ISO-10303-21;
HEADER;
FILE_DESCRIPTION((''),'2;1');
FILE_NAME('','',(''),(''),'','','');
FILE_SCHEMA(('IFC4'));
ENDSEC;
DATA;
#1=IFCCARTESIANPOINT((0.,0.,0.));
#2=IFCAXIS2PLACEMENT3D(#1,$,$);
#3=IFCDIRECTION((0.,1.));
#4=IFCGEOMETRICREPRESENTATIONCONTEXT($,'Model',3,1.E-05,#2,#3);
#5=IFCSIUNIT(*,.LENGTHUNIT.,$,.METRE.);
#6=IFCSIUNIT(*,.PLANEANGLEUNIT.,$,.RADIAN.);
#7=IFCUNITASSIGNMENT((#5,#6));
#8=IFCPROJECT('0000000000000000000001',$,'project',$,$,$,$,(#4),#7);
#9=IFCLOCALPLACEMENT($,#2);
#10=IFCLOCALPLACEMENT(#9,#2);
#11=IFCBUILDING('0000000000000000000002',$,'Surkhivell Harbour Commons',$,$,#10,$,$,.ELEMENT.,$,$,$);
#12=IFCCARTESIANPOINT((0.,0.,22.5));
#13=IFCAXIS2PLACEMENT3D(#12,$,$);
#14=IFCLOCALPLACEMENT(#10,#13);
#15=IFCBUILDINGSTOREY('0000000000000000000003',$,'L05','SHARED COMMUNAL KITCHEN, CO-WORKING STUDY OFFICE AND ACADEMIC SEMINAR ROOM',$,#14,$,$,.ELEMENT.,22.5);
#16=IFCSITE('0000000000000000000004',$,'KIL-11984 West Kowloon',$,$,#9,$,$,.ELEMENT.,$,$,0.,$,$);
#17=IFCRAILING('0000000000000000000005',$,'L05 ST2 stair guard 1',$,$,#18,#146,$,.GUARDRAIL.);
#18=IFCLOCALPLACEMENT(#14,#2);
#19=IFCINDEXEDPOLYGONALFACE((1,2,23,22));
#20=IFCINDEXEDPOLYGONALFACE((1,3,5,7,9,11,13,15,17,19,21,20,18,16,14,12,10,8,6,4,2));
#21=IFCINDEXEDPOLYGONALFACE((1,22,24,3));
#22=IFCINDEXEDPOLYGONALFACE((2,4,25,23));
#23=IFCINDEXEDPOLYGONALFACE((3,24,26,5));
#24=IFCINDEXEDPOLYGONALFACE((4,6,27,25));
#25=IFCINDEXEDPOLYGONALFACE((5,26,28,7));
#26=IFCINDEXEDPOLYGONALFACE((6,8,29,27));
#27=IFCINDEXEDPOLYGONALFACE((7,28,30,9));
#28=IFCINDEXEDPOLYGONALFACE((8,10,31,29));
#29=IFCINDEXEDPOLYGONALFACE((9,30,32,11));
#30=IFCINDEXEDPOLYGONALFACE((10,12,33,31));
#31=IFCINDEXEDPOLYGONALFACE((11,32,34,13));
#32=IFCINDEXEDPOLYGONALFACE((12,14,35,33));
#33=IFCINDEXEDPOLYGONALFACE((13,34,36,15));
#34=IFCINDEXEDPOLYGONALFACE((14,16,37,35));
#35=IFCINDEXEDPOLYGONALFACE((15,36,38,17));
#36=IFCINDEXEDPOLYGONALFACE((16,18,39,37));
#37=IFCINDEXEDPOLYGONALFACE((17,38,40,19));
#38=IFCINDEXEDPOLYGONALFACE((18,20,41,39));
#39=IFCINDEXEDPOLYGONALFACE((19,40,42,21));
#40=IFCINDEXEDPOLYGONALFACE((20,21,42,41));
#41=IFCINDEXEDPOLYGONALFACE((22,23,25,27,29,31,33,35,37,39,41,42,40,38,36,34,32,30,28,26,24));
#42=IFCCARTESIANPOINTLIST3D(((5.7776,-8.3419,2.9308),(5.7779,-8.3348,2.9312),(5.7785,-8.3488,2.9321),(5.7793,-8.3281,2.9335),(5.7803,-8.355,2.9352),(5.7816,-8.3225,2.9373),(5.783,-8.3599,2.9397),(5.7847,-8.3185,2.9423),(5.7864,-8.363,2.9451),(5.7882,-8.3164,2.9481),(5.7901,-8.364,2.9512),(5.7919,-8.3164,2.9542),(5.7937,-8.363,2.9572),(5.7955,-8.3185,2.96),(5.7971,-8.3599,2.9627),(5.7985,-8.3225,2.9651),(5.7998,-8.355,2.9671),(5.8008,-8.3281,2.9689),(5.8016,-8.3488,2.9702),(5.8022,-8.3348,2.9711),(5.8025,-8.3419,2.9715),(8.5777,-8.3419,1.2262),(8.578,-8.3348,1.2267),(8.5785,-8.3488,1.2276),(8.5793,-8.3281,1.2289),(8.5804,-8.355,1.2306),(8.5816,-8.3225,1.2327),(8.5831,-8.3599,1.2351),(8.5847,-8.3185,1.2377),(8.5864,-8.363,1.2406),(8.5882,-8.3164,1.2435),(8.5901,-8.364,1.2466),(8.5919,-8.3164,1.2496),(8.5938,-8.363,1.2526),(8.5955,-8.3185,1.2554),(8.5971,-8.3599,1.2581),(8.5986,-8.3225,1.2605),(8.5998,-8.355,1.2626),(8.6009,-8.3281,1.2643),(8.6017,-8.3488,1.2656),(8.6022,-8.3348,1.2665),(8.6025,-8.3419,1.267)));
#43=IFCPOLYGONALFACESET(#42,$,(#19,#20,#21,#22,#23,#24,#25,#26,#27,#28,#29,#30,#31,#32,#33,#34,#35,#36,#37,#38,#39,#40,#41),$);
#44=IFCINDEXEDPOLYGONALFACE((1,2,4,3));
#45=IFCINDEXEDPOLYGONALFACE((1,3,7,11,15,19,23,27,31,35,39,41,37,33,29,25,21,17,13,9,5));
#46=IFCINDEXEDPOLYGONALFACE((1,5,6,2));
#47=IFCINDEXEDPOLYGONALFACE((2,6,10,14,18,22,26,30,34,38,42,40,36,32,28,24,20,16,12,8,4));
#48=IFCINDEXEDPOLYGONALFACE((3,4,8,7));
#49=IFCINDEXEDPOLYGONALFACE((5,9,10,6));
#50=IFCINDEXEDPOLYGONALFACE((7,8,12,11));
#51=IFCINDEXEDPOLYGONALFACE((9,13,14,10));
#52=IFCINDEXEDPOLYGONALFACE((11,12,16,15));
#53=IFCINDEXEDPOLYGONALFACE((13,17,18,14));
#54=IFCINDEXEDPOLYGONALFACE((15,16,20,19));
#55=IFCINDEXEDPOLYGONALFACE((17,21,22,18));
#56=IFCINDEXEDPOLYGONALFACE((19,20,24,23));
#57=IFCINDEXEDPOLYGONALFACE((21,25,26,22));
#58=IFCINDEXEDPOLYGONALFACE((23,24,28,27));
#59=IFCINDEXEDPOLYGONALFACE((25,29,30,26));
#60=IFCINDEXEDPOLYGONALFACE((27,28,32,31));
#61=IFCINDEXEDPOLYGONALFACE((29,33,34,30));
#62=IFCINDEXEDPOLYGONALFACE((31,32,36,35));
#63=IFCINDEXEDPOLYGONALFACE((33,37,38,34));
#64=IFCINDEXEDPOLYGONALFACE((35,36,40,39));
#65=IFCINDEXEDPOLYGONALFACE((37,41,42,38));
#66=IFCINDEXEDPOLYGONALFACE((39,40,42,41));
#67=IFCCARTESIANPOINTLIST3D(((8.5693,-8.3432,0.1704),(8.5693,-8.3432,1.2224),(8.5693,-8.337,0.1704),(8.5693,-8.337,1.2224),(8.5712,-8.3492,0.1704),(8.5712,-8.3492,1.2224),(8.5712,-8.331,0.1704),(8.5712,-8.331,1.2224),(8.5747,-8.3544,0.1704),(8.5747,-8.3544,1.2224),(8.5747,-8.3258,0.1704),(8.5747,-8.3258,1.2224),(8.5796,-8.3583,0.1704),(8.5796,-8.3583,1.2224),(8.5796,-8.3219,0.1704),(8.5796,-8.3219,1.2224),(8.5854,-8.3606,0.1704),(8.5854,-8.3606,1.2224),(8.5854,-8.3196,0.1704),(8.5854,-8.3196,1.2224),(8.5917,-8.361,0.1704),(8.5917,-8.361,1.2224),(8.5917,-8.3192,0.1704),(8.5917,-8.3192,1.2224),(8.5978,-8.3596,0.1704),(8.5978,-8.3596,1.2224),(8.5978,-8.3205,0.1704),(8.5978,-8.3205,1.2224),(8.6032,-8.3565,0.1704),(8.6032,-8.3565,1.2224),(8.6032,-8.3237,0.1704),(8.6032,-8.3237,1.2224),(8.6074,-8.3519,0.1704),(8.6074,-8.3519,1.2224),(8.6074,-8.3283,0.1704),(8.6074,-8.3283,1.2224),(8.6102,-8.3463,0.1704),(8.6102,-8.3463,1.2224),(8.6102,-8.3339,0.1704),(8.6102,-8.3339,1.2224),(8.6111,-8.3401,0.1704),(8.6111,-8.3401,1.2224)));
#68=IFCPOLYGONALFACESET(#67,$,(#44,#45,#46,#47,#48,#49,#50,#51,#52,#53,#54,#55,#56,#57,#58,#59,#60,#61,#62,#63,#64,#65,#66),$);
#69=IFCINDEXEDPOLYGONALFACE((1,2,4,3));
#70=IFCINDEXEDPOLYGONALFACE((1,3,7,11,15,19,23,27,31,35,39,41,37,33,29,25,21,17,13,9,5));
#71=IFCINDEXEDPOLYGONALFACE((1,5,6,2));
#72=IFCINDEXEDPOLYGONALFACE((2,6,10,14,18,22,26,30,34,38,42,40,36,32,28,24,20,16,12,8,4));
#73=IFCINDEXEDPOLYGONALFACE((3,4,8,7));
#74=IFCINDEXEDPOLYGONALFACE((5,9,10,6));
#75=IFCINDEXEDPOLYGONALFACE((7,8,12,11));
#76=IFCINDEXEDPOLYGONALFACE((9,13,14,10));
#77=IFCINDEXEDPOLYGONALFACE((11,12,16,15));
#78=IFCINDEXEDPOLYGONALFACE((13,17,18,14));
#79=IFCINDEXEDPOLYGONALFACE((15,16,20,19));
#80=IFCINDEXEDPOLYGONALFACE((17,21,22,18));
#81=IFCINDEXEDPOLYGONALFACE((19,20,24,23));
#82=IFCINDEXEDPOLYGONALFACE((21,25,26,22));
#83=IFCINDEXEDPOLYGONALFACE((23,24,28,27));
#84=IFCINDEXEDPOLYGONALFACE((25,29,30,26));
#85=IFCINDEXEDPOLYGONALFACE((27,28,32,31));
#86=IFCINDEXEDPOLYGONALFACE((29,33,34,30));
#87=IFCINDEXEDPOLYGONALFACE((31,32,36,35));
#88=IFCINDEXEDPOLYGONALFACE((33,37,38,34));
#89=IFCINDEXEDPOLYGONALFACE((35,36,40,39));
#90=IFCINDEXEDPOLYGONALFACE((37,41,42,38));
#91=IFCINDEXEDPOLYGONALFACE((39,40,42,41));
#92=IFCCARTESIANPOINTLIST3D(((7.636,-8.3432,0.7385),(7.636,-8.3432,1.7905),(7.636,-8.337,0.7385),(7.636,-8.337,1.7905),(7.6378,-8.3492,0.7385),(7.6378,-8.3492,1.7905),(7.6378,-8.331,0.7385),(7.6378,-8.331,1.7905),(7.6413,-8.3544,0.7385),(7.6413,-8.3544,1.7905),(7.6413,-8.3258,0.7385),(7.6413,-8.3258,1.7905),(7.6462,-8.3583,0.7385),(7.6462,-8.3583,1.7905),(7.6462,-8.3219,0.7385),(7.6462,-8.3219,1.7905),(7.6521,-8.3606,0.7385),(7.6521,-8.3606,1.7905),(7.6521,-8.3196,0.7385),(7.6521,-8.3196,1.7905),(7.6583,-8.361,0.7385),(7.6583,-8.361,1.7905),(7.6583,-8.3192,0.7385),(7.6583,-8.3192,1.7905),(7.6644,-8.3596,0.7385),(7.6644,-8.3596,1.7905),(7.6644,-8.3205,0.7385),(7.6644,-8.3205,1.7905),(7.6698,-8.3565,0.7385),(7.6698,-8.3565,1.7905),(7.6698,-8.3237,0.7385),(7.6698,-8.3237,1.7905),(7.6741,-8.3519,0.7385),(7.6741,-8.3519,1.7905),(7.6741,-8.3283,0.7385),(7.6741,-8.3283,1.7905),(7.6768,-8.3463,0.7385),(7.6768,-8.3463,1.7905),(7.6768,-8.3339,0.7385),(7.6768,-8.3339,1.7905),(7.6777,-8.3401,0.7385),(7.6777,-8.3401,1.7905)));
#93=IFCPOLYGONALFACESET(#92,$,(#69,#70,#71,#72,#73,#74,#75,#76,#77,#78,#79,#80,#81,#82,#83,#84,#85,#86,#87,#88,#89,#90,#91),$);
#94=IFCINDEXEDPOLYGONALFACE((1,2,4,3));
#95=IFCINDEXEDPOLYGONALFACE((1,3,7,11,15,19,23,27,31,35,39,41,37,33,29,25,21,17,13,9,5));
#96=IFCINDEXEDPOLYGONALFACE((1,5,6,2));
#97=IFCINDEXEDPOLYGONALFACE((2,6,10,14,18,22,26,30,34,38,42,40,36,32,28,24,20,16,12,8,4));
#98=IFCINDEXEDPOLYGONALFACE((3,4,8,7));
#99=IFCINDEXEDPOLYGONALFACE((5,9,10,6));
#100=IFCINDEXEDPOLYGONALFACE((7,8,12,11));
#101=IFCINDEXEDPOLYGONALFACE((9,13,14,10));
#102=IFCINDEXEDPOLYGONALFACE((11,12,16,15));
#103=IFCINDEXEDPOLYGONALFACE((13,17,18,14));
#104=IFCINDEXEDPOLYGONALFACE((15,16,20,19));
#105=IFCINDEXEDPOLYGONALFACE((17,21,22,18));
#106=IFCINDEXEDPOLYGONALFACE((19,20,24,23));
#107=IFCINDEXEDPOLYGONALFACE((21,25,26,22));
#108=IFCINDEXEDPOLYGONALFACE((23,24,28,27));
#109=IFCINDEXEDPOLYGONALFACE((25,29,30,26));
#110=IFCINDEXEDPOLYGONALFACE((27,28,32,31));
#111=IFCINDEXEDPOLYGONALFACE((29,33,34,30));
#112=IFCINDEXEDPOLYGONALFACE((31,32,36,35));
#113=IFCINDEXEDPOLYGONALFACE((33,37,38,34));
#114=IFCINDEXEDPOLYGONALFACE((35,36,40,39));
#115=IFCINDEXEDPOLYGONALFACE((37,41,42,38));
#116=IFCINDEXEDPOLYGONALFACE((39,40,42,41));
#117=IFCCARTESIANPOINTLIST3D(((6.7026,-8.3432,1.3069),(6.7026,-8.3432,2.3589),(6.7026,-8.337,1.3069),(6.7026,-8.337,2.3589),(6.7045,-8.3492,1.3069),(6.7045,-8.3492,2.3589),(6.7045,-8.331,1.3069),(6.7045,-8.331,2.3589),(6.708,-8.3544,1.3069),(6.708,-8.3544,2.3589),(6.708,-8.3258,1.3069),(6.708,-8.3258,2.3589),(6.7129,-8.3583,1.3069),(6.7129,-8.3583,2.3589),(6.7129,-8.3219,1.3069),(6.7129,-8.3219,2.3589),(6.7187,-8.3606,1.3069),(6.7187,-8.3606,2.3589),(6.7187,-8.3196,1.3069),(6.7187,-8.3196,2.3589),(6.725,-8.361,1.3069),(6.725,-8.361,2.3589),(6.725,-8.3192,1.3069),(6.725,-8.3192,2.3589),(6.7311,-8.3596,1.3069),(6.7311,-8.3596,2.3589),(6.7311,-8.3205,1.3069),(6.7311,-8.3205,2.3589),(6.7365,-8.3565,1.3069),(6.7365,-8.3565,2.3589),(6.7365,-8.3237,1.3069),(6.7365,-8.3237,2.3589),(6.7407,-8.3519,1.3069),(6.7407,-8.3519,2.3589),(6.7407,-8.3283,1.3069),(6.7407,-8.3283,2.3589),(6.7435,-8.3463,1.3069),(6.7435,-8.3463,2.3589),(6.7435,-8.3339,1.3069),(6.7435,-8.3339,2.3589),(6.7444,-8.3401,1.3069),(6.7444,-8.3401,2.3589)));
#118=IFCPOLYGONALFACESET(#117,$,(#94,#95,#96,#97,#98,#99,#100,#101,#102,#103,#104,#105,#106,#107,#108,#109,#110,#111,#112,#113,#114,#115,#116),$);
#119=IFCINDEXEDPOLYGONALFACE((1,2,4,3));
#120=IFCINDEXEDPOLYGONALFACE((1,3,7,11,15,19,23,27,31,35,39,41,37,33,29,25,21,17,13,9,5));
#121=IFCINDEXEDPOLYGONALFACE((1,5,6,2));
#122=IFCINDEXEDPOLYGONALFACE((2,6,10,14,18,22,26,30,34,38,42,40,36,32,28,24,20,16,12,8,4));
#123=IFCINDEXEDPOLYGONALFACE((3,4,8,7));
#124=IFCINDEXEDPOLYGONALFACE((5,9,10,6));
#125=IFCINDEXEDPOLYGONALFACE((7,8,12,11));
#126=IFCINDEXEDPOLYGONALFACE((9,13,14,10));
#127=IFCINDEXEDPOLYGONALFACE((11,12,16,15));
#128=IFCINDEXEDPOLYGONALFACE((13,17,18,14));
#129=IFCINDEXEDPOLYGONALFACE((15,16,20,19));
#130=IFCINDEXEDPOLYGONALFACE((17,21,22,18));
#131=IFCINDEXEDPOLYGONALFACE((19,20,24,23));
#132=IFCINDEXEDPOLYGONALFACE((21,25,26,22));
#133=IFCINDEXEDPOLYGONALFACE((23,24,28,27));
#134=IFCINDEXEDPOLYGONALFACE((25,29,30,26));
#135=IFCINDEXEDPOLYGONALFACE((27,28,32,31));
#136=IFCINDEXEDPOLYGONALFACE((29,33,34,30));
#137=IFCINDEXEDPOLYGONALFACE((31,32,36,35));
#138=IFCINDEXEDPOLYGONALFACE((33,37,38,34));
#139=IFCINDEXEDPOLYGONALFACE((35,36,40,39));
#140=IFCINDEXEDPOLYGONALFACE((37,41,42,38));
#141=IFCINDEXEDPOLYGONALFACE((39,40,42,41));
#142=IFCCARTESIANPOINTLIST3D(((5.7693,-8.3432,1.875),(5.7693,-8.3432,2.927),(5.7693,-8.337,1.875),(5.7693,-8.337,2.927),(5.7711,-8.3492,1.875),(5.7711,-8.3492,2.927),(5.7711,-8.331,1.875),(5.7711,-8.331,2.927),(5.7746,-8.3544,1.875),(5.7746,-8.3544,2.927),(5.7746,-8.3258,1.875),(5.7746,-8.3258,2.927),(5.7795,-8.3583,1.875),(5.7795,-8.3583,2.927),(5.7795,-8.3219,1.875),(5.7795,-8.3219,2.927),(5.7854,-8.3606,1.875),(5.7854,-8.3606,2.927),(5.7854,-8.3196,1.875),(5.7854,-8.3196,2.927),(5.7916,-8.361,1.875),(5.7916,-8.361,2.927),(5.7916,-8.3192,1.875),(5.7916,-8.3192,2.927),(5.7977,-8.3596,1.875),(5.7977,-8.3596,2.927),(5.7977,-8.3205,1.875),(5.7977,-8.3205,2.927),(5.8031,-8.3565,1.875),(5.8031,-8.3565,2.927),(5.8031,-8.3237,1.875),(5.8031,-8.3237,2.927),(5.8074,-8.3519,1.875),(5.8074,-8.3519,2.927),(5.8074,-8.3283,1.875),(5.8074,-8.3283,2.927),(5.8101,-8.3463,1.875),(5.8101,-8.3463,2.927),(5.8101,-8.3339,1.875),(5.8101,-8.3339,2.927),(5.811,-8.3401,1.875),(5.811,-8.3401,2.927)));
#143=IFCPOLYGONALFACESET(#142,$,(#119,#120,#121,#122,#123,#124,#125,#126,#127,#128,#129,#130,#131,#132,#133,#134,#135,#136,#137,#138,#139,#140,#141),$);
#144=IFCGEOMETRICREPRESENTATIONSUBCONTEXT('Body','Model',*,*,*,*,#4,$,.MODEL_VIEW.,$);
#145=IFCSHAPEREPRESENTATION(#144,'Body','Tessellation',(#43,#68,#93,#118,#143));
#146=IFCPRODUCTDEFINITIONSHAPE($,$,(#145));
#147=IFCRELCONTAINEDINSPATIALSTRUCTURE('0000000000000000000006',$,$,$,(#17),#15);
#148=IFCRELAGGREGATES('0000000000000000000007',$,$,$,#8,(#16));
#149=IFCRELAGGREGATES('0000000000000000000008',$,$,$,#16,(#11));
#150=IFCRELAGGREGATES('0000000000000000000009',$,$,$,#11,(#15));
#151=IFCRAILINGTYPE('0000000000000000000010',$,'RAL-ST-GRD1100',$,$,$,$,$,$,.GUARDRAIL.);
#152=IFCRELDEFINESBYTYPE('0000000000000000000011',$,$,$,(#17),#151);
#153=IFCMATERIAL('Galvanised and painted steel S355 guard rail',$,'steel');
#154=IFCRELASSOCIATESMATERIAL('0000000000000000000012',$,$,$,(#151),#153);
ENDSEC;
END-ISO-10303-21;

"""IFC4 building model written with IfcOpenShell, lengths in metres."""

from ifc_helpers import new_model, si_unit, direction, frame, origin, origin_2d, place, context, subcontext, project, spatial, circle, extrude, material, type_object, element, save


model = new_model("IFC4")

# Units and contexts
model_context = context("Model", 3, precision=1e-05, world=origin(), true_north=direction((0.0, 1.0)))
body_context = subcontext(model_context, "Body", "Model", "MODEL_VIEW")
ifc_project = project(units=[si_unit("LENGTHUNIT", "METRE"), si_unit("PLANEANGLEUNIT", "RADIAN")], contexts=[model_context])

# Site, building, storey
site_placement = place(None, origin())
site = spatial("IfcSite", under=ifc_project, at=site_placement, Name="KIL-11984 West Kowloon", CompositionType="ELEMENT", RefElevation=0.0)
building_placement = place(site_placement, origin())
building = spatial("IfcBuilding", under=site, at=building_placement, Name="Surkhivell Harbour Commons", CompositionType="ELEMENT")
storey_placement = place(building_placement, frame((0.0, 0.0, 22.5)))
storey = spatial("IfcBuildingStorey", under=building, at=storey_placement, Name="L05", Description="SHARED COMMUNAL KITCHEN, CO-WORKING STUDY OFFICE AND ACADEMIC SEMINAR ROOM", CompositionType="ELEMENT", Elevation=22.5)

# Railing
ifc_material_1 = material(Name="Galvanised and painted steel S355 guard rail", Category="steel")
railing_type_1 = type_object("IfcRailingType", Name="RAL-ST-GRD1100", PredefinedType="GUARDRAIL", material=ifc_material_1)
railing_1_placement = place(storey_placement, frame((8.5901, -8.3401, 0.1704)))
element("IfcRailing", 1, at=railing_1_placement, inside=storey, type_object=railing_type_1, Name="L05 ST2 stair guard 1", PredefinedType="GUARDRAIL", context=body_context, shape_type="SweptSolid", body=[
    extrude(circle(Radius=0.0239, at=origin_2d()), frame((0.0, 0.0, 1.0762), z_axis=(-0.85417, 0.0, 0.519994), x_axis=(0.0, -1.0, 0.0)), (0.0, 0.0, 1.0), 3.2781),
    extrude(circle(Radius=0.021, at=origin_2d()), origin(), (0.0, 0.0, 1.0), 1.052),
    extrude(circle(Radius=0.021, at=origin_2d()), frame((-0.9333, 0.0, 0.5681)), (0.0, 0.0, 1.0), 1.052),
    extrude(circle(Radius=0.021, at=origin_2d()), frame((-1.8667, 0.0, 1.1365)), (0.0, 0.0, 1.0), 1.052),
    extrude(circle(Radius=0.021, at=origin_2d()), frame((-2.8, 0.0, 1.7046)), (0.0, 0.0, 1.0), 1.052),
])

save(model, "model.ifc")
